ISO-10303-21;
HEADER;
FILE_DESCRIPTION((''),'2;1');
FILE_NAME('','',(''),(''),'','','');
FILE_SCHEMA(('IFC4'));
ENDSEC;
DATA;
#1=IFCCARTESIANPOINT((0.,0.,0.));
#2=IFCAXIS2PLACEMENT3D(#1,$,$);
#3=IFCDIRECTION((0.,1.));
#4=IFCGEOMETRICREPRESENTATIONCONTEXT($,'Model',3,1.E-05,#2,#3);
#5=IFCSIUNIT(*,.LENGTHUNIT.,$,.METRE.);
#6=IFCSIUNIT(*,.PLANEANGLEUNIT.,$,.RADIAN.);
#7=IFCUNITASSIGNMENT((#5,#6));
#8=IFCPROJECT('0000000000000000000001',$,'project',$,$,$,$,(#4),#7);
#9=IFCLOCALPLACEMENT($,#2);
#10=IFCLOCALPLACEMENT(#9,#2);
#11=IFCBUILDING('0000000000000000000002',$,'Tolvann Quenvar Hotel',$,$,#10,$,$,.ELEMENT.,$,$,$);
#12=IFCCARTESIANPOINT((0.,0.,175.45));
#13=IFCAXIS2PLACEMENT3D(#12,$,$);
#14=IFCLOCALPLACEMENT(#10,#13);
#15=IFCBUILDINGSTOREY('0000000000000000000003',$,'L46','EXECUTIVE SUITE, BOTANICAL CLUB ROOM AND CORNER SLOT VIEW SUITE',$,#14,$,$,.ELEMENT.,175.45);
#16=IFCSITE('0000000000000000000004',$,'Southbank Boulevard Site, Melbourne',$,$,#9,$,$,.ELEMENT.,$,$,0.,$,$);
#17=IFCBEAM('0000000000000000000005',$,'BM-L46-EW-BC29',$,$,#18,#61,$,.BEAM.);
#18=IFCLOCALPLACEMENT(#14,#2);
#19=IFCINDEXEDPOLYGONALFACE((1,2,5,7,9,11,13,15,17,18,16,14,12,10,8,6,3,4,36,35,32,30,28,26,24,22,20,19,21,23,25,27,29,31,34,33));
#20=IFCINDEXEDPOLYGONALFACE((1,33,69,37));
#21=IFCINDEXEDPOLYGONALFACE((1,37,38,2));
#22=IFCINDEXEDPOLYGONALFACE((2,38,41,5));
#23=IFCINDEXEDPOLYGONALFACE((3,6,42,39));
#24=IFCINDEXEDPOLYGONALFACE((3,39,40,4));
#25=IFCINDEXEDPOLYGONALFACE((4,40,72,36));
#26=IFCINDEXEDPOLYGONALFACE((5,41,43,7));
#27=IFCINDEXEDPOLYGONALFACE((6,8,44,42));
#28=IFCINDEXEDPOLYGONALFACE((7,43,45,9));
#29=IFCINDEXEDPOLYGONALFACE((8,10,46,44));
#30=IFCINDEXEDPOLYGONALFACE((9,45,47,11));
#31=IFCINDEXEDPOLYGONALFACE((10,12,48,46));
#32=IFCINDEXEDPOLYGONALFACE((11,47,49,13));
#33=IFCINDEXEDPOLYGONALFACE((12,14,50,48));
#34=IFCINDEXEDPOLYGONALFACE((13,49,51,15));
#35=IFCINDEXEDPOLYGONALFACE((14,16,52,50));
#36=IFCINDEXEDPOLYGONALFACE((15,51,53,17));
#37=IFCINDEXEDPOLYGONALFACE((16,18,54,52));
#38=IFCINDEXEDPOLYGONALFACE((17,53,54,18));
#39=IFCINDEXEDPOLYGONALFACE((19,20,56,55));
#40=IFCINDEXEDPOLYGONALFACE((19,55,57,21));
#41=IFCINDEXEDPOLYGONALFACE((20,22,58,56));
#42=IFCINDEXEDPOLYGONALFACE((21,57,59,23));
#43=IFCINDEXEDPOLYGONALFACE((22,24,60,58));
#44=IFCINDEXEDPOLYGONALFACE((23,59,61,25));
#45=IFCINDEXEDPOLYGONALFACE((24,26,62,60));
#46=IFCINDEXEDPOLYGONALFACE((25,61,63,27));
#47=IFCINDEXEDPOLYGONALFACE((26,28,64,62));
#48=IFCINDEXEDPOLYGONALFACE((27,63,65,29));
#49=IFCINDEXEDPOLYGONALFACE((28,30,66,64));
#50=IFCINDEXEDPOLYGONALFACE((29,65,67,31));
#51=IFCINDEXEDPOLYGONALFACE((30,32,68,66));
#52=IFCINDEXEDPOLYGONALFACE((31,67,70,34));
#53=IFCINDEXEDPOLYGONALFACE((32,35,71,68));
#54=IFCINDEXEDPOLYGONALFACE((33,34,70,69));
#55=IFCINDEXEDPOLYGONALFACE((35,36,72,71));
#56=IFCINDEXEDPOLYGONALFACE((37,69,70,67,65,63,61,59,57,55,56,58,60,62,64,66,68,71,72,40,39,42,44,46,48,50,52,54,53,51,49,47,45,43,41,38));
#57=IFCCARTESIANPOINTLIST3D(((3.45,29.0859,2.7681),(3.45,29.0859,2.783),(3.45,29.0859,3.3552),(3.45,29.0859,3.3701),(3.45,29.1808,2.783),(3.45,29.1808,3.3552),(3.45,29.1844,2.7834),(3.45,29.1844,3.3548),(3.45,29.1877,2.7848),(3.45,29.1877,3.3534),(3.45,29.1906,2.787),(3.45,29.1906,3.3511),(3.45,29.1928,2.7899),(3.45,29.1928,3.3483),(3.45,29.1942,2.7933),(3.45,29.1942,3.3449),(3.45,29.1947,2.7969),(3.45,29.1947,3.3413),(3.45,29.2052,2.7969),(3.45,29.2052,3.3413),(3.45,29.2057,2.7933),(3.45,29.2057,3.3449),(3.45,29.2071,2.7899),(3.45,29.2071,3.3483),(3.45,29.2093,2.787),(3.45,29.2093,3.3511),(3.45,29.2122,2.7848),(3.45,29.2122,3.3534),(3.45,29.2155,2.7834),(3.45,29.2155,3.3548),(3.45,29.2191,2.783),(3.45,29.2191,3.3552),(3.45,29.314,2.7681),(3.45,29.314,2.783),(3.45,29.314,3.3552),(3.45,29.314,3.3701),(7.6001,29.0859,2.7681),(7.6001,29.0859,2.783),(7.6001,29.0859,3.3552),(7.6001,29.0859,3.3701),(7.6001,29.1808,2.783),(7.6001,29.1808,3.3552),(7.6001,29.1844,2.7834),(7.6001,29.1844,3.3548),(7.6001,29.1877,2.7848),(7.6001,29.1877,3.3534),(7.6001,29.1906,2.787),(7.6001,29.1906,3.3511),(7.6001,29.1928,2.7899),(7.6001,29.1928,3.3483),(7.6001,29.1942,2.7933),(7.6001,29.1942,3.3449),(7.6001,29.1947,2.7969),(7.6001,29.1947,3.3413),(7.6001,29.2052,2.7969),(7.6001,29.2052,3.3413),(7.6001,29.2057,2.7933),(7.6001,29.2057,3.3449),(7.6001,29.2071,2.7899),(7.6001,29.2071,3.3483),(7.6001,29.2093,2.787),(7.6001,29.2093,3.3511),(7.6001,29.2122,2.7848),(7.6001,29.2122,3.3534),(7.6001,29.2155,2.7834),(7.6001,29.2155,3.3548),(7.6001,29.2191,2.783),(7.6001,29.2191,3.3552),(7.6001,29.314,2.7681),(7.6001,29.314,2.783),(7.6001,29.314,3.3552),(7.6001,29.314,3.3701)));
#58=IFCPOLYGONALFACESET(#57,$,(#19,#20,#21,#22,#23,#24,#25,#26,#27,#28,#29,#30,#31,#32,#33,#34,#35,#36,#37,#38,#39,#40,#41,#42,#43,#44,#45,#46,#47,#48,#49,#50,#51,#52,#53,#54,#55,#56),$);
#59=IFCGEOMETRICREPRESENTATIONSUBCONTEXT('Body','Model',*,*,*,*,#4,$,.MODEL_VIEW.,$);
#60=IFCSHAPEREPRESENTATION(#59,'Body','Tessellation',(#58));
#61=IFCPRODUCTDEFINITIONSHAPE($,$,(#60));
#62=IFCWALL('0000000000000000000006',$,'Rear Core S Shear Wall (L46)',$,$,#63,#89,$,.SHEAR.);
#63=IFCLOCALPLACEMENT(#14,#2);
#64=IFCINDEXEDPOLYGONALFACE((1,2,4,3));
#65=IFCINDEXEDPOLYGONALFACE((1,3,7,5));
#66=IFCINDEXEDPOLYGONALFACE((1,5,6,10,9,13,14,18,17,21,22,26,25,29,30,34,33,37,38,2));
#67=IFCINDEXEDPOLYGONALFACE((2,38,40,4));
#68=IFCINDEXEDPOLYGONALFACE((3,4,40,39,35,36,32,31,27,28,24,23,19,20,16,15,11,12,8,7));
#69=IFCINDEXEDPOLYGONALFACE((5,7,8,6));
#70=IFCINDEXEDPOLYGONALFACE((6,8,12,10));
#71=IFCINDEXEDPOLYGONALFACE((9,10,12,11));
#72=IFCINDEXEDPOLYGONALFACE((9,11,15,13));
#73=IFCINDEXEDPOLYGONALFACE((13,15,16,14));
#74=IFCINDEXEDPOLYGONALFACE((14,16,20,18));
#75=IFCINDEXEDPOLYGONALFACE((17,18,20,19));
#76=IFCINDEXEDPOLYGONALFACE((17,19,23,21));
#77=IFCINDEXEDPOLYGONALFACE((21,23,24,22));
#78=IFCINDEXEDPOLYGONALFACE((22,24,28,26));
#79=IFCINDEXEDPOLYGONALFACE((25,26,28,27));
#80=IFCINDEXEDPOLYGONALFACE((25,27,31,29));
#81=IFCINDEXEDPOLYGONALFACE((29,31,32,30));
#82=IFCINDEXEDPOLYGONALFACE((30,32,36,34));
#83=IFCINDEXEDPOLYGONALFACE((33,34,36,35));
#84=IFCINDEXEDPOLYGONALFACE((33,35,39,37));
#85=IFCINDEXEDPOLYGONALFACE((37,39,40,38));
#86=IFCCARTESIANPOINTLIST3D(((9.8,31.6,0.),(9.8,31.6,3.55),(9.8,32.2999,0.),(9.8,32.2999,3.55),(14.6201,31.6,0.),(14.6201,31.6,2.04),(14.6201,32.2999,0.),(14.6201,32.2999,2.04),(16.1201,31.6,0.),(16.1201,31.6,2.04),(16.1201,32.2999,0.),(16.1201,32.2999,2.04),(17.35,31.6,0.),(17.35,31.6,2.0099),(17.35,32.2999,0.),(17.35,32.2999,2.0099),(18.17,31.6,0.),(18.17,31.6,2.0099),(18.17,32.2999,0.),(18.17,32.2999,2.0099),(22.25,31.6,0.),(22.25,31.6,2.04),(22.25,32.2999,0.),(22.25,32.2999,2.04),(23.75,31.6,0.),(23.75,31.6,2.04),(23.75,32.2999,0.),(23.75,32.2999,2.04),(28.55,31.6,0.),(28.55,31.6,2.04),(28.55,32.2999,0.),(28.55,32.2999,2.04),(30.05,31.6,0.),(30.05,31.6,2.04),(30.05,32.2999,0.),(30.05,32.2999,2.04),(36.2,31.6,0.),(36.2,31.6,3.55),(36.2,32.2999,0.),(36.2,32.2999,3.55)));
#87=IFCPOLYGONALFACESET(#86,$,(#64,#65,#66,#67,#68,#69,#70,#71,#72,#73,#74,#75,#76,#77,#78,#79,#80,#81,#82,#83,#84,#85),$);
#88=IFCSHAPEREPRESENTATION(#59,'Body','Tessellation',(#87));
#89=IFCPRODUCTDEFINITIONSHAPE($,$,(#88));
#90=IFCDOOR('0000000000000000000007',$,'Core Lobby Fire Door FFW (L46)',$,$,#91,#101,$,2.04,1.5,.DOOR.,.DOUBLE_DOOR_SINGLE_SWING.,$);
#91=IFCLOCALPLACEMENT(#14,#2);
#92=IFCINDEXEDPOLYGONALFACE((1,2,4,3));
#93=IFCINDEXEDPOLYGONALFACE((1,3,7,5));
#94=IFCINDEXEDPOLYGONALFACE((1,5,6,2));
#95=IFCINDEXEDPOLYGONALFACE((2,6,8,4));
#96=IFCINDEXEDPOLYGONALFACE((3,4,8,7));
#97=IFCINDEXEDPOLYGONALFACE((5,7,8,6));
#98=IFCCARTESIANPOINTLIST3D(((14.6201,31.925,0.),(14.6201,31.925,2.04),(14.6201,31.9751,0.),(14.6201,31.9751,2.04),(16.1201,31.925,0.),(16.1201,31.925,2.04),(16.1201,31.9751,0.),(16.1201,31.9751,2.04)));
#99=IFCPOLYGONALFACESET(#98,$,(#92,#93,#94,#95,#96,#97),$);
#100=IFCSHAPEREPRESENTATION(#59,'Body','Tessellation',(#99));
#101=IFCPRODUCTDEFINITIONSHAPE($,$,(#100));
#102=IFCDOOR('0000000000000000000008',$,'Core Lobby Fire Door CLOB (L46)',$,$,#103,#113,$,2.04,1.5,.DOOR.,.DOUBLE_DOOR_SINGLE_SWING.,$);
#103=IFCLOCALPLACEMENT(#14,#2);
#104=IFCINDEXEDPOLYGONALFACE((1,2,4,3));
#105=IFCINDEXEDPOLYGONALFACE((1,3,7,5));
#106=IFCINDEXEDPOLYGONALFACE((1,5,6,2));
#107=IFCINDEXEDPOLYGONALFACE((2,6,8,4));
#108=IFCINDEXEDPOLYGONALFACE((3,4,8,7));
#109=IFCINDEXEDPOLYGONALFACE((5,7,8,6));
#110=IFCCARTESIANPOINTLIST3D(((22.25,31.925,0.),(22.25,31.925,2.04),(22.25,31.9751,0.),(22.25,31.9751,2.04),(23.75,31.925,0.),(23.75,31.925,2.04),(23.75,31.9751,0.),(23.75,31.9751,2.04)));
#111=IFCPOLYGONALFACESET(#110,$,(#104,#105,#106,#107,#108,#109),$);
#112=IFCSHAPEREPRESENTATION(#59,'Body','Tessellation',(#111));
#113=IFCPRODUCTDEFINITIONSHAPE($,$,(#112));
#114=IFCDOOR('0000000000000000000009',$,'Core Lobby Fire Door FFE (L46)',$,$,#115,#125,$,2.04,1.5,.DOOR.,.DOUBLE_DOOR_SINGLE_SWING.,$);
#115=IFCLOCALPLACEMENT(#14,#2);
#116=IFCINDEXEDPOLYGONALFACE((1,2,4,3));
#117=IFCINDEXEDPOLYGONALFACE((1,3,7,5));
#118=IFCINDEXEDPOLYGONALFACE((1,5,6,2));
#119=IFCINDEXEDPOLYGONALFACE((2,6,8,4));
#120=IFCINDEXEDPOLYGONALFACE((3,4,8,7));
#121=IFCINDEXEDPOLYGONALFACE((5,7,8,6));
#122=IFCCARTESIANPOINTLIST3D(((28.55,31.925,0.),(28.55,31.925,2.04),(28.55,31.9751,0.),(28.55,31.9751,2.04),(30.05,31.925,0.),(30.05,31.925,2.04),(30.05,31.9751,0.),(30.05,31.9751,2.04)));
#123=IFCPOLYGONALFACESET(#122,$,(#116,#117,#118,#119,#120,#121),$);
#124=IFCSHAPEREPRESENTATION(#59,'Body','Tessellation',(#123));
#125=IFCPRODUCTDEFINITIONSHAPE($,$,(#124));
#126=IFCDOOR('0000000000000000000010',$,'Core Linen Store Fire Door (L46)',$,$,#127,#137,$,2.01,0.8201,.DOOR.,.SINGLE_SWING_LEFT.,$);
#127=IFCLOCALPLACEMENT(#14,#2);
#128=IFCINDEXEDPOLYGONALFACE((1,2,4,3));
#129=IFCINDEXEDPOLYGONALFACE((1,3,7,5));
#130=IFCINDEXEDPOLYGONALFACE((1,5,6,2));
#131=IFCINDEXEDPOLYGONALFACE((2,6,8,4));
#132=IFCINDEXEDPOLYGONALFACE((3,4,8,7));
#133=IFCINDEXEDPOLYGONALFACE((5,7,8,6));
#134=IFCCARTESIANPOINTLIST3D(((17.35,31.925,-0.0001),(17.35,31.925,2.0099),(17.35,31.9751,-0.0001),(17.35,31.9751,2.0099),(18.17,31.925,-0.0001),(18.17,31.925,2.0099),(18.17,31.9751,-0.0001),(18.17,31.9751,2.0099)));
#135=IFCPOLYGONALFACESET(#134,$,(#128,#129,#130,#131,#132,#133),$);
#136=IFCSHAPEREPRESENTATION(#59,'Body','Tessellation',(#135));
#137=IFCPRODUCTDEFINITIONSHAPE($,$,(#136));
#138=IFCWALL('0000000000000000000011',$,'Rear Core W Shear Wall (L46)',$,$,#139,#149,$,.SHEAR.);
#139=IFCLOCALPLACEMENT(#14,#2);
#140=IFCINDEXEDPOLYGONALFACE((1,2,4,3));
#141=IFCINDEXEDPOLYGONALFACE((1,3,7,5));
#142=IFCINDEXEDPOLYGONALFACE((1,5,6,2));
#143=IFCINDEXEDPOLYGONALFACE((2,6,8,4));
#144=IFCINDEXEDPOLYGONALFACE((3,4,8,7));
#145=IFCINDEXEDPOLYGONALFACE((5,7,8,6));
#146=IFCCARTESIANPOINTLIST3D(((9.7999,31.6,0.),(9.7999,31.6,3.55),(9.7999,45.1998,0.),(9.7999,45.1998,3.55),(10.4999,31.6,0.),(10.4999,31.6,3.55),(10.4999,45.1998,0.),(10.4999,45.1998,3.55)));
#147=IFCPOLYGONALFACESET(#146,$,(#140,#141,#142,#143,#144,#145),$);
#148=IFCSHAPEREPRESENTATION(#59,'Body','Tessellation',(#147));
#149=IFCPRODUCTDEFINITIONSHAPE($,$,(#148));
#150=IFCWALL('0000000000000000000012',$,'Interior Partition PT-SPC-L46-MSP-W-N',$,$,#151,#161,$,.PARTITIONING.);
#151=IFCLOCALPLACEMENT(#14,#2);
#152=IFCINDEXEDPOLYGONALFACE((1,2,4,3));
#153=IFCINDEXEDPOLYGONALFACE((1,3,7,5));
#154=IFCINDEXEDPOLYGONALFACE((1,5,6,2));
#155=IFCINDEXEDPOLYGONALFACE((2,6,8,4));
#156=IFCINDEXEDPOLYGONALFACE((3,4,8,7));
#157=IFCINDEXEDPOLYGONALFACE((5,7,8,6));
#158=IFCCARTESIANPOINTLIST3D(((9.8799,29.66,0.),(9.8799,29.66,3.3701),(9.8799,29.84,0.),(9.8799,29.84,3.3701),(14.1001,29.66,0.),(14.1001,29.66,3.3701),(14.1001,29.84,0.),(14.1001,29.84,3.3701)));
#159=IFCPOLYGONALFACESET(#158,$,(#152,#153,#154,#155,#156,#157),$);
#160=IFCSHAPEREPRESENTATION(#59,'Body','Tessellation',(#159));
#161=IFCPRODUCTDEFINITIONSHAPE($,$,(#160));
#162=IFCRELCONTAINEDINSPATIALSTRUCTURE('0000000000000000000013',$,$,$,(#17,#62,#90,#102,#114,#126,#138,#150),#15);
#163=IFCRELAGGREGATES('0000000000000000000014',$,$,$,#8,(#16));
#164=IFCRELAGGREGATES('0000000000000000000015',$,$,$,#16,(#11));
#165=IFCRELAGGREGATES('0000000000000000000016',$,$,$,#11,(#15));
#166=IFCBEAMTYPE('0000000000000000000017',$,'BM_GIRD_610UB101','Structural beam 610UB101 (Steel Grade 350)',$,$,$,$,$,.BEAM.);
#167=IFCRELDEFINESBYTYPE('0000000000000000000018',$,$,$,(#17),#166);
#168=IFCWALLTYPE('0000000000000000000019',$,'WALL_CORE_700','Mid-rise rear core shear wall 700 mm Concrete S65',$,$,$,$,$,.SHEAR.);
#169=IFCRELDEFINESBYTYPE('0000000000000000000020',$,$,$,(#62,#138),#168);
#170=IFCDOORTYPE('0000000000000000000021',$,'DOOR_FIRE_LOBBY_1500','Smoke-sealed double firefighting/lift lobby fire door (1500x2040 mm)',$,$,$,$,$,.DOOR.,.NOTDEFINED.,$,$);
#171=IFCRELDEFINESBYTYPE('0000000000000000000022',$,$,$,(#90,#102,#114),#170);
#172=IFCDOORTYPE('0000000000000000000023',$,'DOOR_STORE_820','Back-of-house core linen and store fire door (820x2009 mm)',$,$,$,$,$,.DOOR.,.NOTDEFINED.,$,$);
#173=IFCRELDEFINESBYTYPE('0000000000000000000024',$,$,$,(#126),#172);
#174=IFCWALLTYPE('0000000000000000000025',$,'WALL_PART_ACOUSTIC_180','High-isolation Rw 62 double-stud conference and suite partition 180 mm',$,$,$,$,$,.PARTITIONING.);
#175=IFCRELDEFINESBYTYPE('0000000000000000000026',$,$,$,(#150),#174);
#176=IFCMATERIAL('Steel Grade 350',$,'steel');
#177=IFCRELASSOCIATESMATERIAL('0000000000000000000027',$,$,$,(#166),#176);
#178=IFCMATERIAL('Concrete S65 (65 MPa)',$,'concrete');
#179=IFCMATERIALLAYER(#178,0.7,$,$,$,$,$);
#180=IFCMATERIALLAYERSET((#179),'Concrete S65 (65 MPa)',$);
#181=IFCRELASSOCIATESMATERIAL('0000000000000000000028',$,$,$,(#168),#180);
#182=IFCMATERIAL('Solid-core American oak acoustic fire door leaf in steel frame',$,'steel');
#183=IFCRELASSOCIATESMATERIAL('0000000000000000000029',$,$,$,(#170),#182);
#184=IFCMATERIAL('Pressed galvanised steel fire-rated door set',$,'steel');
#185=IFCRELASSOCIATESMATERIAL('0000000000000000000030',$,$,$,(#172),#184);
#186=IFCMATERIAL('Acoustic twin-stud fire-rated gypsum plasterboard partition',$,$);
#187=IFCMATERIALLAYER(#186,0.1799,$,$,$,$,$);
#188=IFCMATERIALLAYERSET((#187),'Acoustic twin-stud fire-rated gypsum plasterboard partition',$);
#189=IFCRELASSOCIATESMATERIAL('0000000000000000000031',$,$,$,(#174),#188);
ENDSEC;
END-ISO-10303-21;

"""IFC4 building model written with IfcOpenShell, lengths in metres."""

from ifc_helpers import new_model, si_unit, direction, frame, frame_2d, origin, origin_2d, place, context, subcontext, project, spatial, rectangle, i_section, extrude, source, transform, mapped, material, layer, layer_set, material_profile, profile_set, type_object, type_shapes, element, fill, save


model = new_model("IFC4")

# Units and contexts
model_context = context("Model", 3, precision=1e-05, world=origin(), true_north=direction((0.0, 1.0)))
body_context = subcontext(model_context, "Body", "Model", "MODEL_VIEW")
ifc_project = project(units=[si_unit("LENGTHUNIT", "METRE"), si_unit("PLANEANGLEUNIT", "RADIAN")], contexts=[model_context])

# Site, building, storey
site_placement = place(None, origin())
site = spatial("IfcSite", under=ifc_project, at=site_placement, Name="Southbank Boulevard Site, Melbourne", CompositionType="ELEMENT", RefElevation=0.0)
building_placement = place(site_placement, origin())
building = spatial("IfcBuilding", under=site, at=building_placement, Name="Tolvann Quenvar Hotel", CompositionType="ELEMENT")
storey_placement = place(building_placement, frame((0.0, 0.0, 175.45)))
storey = spatial("IfcBuildingStorey", under=building, at=storey_placement, Name="L46", Description="EXECUTIVE SUITE, BOTANICAL CLUB ROOM AND CORNER SLOT VIEW SUITE", CompositionType="ELEMENT", Elevation=175.45)

# Beam
ifc_material_1 = material(Name="Steel Grade 350", Category="steel")
ifc_material_profile_1 = material_profile(ifc_material_1, i_section(OverallWidth=0.228, OverallDepth=0.6021, WebThickness=0.0105, FlangeThickness=0.0149, FilletRadius=0.0139, at=origin_2d()), Name="610UB101")
ifc_profile_set_1 = profile_set([ifc_material_profile_1], Name="Steel Grade 350")
beam_type_1 = type_object("IfcBeamType", Name="BM_GIRD_610UB101", Description="Structural beam 610UB101 (Steel Grade 350)", PredefinedType="BEAM", material=ifc_profile_set_1)
shared_shape_1 = source(origin(), body_context, "Body", "SweptSolid", [
    extrude(i_section(OverallWidth=0.228, OverallDepth=0.6021, WebThickness=0.0105, FlangeThickness=0.0149, FilletRadius=0.0139, at=origin_2d()), origin(), (0.0, 0.0, 1.0), 4.1501),
])
type_shapes(beam_type_1, [shared_shape_1])
beam_1_placement = place(storey_placement, frame((3.45, 29.2, 3.0691), z_axis=(1.0, 0.0, 0.0), x_axis=(0.0, 1.0, 0.0)))
element("IfcBeam", 1, at=beam_1_placement, inside=storey, type_object=beam_type_1, Name="BM-L46-EW-BC29", PredefinedType="BEAM", context=body_context, shape_type="MappedRepresentation", body=[
    mapped(shared_shape_1, transform((0.0, 0.0, 0.0), x_axis=(1.0, 0.0, 0.0), y_axis=(0.0, 1.0, 0.0), z_axis=(0.0, 0.0, 1.0), scale=1.0)),
])

# Wall, openings, doors
ifc_material_2 = material(Name="Concrete S65 (65 MPa)", Category="concrete")
ifc_layer_1 = layer(ifc_material_2, 0.7)
ifc_layer_set_1 = layer_set([ifc_layer_1], Name="Concrete S65 (65 MPa)")
wall_type_1 = type_object("IfcWallType", Name="WALL_CORE_700", Description="Mid-rise rear core shear wall 700 mm Concrete S65", PredefinedType="SHEAR", material=ifc_layer_set_1)
wall_1_placement = place(storey_placement, frame((9.8, 31.95, 0.0), z_axis=(0.0, 0.0, 1.0), x_axis=(1.0, 0.0, 0.0)))
wall_1 = element("IfcWall", 2, at=wall_1_placement, inside=storey, type_object=wall_type_1, Name="Rear Core S Shear Wall (L46)", PredefinedType="SHEAR", context=body_context, shape_type="SweptSolid", body=[
    extrude(rectangle(XDim=26.3999, YDim=0.7, at=frame_2d((13.2, 0.0))), origin(), (0.0, 0.0, 1.0), 3.55),
])
opening_1_placement = place(wall_1_placement, frame((6.3201, 0.0, 0.0), z_axis=(0.0, 0.0, 1.0), x_axis=(-1.0, 0.0, 0.0)))
opening_1 = element("IfcOpeningElement", 3, at=opening_1_placement, cuts=wall_1, PredefinedType="OPENING", context=body_context, shape_type="SweptSolid", body=[
    extrude(rectangle(XDim=1.5, YDim=2.04, at=frame_2d((0.75, 1.02))), frame((0.0, 0.3599, 0.0), z_axis=(0.0, -1.0, 0.0), x_axis=(1.0, 0.0, 0.0)), (0.0, 0.0, 1.0), 0.72),
])
opening_2_placement = place(wall_1_placement, frame((13.95, 0.0, 0.0), z_axis=(0.0, 0.0, 1.0), x_axis=(-1.0, 0.0, 0.0)))
opening_2 = element("IfcOpeningElement", 4, at=opening_2_placement, cuts=wall_1, PredefinedType="OPENING", context=body_context, shape_type="SweptSolid", body=[
    extrude(rectangle(XDim=1.5, YDim=2.04, at=frame_2d((0.75, 1.02))), frame((0.0, 0.3599, 0.0), z_axis=(0.0, -1.0, 0.0), x_axis=(1.0, 0.0, 0.0)), (0.0, 0.0, 1.0), 0.72),
])
opening_3_placement = place(wall_1_placement, frame((20.25, 0.0, 0.0), z_axis=(0.0, 0.0, 1.0), x_axis=(-1.0, 0.0, 0.0)))
opening_3 = element("IfcOpeningElement", 5, at=opening_3_placement, cuts=wall_1, PredefinedType="OPENING", context=body_context, shape_type="SweptSolid", body=[
    extrude(rectangle(XDim=1.5, YDim=2.04, at=frame_2d((0.75, 1.02))), frame((0.0, 0.3599, 0.0), z_axis=(0.0, -1.0, 0.0), x_axis=(1.0, 0.0, 0.0)), (0.0, 0.0, 1.0), 0.72),
])
opening_4_placement = place(wall_1_placement, frame((8.3701, 0.0, 0.0), z_axis=(0.0, 0.0, 1.0), x_axis=(-1.0, 0.0, 0.0)))
opening_4 = element("IfcOpeningElement", 6, at=opening_4_placement, cuts=wall_1, PredefinedType="OPENING", context=body_context, shape_type="SweptSolid", body=[
    extrude(rectangle(XDim=0.8201, YDim=2.01, at=frame_2d((0.4102, 1.0049))), frame((0.0, 0.3599, 0.0), z_axis=(0.0, -1.0, 0.0), x_axis=(1.0, 0.0, 0.0)), (0.0, 0.0, 1.0), 0.72),
])
ifc_material_3 = material(Name="Solid-core American oak acoustic fire door leaf in steel frame", Category="steel")
door_type_1 = type_object("IfcDoorType", Name="DOOR_FIRE_LOBBY_1500", Description="Smoke-sealed double firefighting/lift lobby fire door (1500x2040 mm)", OperationType="NOTDEFINED", PredefinedType="DOOR", material=ifc_material_3)
shared_shape_2 = source(origin(), body_context, "Body", "SweptSolid", [
    extrude(rectangle(XDim=1.5, YDim=2.04, at=frame_2d((0.75, 1.02))), frame((0.0, 0.0249, 0.0), z_axis=(0.0, -1.0, 0.0), x_axis=(1.0, 0.0, 0.0)), (0.0, 0.0, 1.0), 0.05),
])
type_shapes(door_type_1, [shared_shape_2])
door_1_placement = place(opening_1_placement, origin())
door_1 = element("IfcDoor", 7, at=door_1_placement, inside=storey, type_object=door_type_1, Name="Core Lobby Fire Door FFW (L46)", OperationType="DOUBLE_DOOR_SINGLE_SWING", OverallHeight=2.04, OverallWidth=1.5, PredefinedType="DOOR", context=body_context, shape_type="MappedRepresentation", body=[
    mapped(shared_shape_2, transform((0.0, 0.0, 0.0), x_axis=(1.0, 0.0, 0.0), y_axis=(0.0, 1.0, 0.0), z_axis=(0.0, 0.0, 1.0), scale=1.0)),
])
fill(opening_1, door_1)
door_2_placement = place(opening_2_placement, origin())
door_2 = element("IfcDoor", 8, at=door_2_placement, inside=storey, type_object=door_type_1, Name="Core Lobby Fire Door CLOB (L46)", OperationType="DOUBLE_DOOR_SINGLE_SWING", OverallHeight=2.04, OverallWidth=1.5, PredefinedType="DOOR", context=body_context, shape_type="MappedRepresentation", body=[
    mapped(shared_shape_2, transform((0.0, 0.0, 0.0), x_axis=(1.0, 0.0, 0.0), y_axis=(0.0, 1.0, 0.0), z_axis=(0.0, 0.0, 1.0), scale=1.0)),
])
fill(opening_2, door_2)
door_3_placement = place(opening_3_placement, origin())
door_3 = element("IfcDoor", 9, at=door_3_placement, inside=storey, type_object=door_type_1, Name="Core Lobby Fire Door FFE (L46)", OperationType="DOUBLE_DOOR_SINGLE_SWING", OverallHeight=2.04, OverallWidth=1.5, PredefinedType="DOOR", context=body_context, shape_type="MappedRepresentation", body=[
    mapped(shared_shape_2, transform((0.0, 0.0, 0.0), x_axis=(1.0, 0.0, 0.0), y_axis=(0.0, 1.0, 0.0), z_axis=(0.0, 0.0, 1.0), scale=1.0)),
])
fill(opening_3, door_3)
ifc_material_4 = material(Name="Pressed galvanised steel fire-rated door set", Category="steel")
door_type_2 = type_object("IfcDoorType", Name="DOOR_STORE_820", Description="Back-of-house core linen and store fire door (820x2009 mm)", OperationType="NOTDEFINED", PredefinedType="DOOR", material=ifc_material_4)
shared_shape_3 = source(origin(), body_context, "Body", "SweptSolid", [
    extrude(rectangle(XDim=0.8201, YDim=2.01, at=frame_2d((0.4102, 1.0049))), frame((0.0, 0.0249, 0.0), z_axis=(0.0, -1.0, 0.0), x_axis=(1.0, 0.0, 0.0)), (0.0, 0.0, 1.0), 0.05),
])
type_shapes(door_type_2, [shared_shape_3])
door_4_placement = place(opening_4_placement, origin())
door_4 = element("IfcDoor", 10, at=door_4_placement, inside=storey, type_object=door_type_2, Name="Core Linen Store Fire Door (L46)", OperationType="SINGLE_SWING_LEFT", OverallHeight=2.01, OverallWidth=0.8201, PredefinedType="DOOR", context=body_context, shape_type="MappedRepresentation", body=[
    mapped(shared_shape_3, transform((0.0, 0.0, 0.0), x_axis=(1.0, 0.0, 0.0), y_axis=(0.0, 1.0, 0.0), z_axis=(0.0, 0.0, 1.0), scale=1.0)),
])
fill(opening_4, door_4)

# Walls
wall_2_placement = place(storey_placement, frame((10.1499, 31.6001, 0.0), z_axis=(0.0, 0.0, 1.0), x_axis=(0.0, 1.0, 0.0)))
element("IfcWall", 11, at=wall_2_placement, inside=storey, type_object=wall_type_1, Name="Rear Core W Shear Wall (L46)", PredefinedType="SHEAR", context=body_context, shape_type="SweptSolid", body=[
    extrude(rectangle(XDim=13.5999, YDim=0.7, at=frame_2d((6.7998, 0.0))), origin(), (0.0, 0.0, 1.0), 3.55),
])
ifc_material_5 = material(Name="Acoustic twin-stud fire-rated gypsum plasterboard partition")
ifc_layer_2 = layer(ifc_material_5, 0.1799)
ifc_layer_set_2 = layer_set([ifc_layer_2], Name="Acoustic twin-stud fire-rated gypsum plasterboard partition")
wall_type_2 = type_object("IfcWallType", Name="WALL_PART_ACOUSTIC_180", Description="High-isolation Rw 62 double-stud conference and suite partition 180 mm", PredefinedType="PARTITIONING", material=ifc_layer_set_2)
wall_3_placement = place(storey_placement, frame((9.8799, 29.75, 0.0), z_axis=(0.0, 0.0, 1.0), x_axis=(1.0, 0.0, 0.0)))
element("IfcWall", 12, at=wall_3_placement, inside=storey, type_object=wall_type_2, Name="Interior Partition PT-SPC-L46-MSP-W-N", PredefinedType="PARTITIONING", context=body_context, shape_type="SweptSolid", body=[
    extrude(rectangle(XDim=4.2202, YDim=0.1799, at=frame_2d((2.1101, 0.0))), origin(), (0.0, 0.0, 1.0), 3.3701),
])

save(model, "model.ifc")
